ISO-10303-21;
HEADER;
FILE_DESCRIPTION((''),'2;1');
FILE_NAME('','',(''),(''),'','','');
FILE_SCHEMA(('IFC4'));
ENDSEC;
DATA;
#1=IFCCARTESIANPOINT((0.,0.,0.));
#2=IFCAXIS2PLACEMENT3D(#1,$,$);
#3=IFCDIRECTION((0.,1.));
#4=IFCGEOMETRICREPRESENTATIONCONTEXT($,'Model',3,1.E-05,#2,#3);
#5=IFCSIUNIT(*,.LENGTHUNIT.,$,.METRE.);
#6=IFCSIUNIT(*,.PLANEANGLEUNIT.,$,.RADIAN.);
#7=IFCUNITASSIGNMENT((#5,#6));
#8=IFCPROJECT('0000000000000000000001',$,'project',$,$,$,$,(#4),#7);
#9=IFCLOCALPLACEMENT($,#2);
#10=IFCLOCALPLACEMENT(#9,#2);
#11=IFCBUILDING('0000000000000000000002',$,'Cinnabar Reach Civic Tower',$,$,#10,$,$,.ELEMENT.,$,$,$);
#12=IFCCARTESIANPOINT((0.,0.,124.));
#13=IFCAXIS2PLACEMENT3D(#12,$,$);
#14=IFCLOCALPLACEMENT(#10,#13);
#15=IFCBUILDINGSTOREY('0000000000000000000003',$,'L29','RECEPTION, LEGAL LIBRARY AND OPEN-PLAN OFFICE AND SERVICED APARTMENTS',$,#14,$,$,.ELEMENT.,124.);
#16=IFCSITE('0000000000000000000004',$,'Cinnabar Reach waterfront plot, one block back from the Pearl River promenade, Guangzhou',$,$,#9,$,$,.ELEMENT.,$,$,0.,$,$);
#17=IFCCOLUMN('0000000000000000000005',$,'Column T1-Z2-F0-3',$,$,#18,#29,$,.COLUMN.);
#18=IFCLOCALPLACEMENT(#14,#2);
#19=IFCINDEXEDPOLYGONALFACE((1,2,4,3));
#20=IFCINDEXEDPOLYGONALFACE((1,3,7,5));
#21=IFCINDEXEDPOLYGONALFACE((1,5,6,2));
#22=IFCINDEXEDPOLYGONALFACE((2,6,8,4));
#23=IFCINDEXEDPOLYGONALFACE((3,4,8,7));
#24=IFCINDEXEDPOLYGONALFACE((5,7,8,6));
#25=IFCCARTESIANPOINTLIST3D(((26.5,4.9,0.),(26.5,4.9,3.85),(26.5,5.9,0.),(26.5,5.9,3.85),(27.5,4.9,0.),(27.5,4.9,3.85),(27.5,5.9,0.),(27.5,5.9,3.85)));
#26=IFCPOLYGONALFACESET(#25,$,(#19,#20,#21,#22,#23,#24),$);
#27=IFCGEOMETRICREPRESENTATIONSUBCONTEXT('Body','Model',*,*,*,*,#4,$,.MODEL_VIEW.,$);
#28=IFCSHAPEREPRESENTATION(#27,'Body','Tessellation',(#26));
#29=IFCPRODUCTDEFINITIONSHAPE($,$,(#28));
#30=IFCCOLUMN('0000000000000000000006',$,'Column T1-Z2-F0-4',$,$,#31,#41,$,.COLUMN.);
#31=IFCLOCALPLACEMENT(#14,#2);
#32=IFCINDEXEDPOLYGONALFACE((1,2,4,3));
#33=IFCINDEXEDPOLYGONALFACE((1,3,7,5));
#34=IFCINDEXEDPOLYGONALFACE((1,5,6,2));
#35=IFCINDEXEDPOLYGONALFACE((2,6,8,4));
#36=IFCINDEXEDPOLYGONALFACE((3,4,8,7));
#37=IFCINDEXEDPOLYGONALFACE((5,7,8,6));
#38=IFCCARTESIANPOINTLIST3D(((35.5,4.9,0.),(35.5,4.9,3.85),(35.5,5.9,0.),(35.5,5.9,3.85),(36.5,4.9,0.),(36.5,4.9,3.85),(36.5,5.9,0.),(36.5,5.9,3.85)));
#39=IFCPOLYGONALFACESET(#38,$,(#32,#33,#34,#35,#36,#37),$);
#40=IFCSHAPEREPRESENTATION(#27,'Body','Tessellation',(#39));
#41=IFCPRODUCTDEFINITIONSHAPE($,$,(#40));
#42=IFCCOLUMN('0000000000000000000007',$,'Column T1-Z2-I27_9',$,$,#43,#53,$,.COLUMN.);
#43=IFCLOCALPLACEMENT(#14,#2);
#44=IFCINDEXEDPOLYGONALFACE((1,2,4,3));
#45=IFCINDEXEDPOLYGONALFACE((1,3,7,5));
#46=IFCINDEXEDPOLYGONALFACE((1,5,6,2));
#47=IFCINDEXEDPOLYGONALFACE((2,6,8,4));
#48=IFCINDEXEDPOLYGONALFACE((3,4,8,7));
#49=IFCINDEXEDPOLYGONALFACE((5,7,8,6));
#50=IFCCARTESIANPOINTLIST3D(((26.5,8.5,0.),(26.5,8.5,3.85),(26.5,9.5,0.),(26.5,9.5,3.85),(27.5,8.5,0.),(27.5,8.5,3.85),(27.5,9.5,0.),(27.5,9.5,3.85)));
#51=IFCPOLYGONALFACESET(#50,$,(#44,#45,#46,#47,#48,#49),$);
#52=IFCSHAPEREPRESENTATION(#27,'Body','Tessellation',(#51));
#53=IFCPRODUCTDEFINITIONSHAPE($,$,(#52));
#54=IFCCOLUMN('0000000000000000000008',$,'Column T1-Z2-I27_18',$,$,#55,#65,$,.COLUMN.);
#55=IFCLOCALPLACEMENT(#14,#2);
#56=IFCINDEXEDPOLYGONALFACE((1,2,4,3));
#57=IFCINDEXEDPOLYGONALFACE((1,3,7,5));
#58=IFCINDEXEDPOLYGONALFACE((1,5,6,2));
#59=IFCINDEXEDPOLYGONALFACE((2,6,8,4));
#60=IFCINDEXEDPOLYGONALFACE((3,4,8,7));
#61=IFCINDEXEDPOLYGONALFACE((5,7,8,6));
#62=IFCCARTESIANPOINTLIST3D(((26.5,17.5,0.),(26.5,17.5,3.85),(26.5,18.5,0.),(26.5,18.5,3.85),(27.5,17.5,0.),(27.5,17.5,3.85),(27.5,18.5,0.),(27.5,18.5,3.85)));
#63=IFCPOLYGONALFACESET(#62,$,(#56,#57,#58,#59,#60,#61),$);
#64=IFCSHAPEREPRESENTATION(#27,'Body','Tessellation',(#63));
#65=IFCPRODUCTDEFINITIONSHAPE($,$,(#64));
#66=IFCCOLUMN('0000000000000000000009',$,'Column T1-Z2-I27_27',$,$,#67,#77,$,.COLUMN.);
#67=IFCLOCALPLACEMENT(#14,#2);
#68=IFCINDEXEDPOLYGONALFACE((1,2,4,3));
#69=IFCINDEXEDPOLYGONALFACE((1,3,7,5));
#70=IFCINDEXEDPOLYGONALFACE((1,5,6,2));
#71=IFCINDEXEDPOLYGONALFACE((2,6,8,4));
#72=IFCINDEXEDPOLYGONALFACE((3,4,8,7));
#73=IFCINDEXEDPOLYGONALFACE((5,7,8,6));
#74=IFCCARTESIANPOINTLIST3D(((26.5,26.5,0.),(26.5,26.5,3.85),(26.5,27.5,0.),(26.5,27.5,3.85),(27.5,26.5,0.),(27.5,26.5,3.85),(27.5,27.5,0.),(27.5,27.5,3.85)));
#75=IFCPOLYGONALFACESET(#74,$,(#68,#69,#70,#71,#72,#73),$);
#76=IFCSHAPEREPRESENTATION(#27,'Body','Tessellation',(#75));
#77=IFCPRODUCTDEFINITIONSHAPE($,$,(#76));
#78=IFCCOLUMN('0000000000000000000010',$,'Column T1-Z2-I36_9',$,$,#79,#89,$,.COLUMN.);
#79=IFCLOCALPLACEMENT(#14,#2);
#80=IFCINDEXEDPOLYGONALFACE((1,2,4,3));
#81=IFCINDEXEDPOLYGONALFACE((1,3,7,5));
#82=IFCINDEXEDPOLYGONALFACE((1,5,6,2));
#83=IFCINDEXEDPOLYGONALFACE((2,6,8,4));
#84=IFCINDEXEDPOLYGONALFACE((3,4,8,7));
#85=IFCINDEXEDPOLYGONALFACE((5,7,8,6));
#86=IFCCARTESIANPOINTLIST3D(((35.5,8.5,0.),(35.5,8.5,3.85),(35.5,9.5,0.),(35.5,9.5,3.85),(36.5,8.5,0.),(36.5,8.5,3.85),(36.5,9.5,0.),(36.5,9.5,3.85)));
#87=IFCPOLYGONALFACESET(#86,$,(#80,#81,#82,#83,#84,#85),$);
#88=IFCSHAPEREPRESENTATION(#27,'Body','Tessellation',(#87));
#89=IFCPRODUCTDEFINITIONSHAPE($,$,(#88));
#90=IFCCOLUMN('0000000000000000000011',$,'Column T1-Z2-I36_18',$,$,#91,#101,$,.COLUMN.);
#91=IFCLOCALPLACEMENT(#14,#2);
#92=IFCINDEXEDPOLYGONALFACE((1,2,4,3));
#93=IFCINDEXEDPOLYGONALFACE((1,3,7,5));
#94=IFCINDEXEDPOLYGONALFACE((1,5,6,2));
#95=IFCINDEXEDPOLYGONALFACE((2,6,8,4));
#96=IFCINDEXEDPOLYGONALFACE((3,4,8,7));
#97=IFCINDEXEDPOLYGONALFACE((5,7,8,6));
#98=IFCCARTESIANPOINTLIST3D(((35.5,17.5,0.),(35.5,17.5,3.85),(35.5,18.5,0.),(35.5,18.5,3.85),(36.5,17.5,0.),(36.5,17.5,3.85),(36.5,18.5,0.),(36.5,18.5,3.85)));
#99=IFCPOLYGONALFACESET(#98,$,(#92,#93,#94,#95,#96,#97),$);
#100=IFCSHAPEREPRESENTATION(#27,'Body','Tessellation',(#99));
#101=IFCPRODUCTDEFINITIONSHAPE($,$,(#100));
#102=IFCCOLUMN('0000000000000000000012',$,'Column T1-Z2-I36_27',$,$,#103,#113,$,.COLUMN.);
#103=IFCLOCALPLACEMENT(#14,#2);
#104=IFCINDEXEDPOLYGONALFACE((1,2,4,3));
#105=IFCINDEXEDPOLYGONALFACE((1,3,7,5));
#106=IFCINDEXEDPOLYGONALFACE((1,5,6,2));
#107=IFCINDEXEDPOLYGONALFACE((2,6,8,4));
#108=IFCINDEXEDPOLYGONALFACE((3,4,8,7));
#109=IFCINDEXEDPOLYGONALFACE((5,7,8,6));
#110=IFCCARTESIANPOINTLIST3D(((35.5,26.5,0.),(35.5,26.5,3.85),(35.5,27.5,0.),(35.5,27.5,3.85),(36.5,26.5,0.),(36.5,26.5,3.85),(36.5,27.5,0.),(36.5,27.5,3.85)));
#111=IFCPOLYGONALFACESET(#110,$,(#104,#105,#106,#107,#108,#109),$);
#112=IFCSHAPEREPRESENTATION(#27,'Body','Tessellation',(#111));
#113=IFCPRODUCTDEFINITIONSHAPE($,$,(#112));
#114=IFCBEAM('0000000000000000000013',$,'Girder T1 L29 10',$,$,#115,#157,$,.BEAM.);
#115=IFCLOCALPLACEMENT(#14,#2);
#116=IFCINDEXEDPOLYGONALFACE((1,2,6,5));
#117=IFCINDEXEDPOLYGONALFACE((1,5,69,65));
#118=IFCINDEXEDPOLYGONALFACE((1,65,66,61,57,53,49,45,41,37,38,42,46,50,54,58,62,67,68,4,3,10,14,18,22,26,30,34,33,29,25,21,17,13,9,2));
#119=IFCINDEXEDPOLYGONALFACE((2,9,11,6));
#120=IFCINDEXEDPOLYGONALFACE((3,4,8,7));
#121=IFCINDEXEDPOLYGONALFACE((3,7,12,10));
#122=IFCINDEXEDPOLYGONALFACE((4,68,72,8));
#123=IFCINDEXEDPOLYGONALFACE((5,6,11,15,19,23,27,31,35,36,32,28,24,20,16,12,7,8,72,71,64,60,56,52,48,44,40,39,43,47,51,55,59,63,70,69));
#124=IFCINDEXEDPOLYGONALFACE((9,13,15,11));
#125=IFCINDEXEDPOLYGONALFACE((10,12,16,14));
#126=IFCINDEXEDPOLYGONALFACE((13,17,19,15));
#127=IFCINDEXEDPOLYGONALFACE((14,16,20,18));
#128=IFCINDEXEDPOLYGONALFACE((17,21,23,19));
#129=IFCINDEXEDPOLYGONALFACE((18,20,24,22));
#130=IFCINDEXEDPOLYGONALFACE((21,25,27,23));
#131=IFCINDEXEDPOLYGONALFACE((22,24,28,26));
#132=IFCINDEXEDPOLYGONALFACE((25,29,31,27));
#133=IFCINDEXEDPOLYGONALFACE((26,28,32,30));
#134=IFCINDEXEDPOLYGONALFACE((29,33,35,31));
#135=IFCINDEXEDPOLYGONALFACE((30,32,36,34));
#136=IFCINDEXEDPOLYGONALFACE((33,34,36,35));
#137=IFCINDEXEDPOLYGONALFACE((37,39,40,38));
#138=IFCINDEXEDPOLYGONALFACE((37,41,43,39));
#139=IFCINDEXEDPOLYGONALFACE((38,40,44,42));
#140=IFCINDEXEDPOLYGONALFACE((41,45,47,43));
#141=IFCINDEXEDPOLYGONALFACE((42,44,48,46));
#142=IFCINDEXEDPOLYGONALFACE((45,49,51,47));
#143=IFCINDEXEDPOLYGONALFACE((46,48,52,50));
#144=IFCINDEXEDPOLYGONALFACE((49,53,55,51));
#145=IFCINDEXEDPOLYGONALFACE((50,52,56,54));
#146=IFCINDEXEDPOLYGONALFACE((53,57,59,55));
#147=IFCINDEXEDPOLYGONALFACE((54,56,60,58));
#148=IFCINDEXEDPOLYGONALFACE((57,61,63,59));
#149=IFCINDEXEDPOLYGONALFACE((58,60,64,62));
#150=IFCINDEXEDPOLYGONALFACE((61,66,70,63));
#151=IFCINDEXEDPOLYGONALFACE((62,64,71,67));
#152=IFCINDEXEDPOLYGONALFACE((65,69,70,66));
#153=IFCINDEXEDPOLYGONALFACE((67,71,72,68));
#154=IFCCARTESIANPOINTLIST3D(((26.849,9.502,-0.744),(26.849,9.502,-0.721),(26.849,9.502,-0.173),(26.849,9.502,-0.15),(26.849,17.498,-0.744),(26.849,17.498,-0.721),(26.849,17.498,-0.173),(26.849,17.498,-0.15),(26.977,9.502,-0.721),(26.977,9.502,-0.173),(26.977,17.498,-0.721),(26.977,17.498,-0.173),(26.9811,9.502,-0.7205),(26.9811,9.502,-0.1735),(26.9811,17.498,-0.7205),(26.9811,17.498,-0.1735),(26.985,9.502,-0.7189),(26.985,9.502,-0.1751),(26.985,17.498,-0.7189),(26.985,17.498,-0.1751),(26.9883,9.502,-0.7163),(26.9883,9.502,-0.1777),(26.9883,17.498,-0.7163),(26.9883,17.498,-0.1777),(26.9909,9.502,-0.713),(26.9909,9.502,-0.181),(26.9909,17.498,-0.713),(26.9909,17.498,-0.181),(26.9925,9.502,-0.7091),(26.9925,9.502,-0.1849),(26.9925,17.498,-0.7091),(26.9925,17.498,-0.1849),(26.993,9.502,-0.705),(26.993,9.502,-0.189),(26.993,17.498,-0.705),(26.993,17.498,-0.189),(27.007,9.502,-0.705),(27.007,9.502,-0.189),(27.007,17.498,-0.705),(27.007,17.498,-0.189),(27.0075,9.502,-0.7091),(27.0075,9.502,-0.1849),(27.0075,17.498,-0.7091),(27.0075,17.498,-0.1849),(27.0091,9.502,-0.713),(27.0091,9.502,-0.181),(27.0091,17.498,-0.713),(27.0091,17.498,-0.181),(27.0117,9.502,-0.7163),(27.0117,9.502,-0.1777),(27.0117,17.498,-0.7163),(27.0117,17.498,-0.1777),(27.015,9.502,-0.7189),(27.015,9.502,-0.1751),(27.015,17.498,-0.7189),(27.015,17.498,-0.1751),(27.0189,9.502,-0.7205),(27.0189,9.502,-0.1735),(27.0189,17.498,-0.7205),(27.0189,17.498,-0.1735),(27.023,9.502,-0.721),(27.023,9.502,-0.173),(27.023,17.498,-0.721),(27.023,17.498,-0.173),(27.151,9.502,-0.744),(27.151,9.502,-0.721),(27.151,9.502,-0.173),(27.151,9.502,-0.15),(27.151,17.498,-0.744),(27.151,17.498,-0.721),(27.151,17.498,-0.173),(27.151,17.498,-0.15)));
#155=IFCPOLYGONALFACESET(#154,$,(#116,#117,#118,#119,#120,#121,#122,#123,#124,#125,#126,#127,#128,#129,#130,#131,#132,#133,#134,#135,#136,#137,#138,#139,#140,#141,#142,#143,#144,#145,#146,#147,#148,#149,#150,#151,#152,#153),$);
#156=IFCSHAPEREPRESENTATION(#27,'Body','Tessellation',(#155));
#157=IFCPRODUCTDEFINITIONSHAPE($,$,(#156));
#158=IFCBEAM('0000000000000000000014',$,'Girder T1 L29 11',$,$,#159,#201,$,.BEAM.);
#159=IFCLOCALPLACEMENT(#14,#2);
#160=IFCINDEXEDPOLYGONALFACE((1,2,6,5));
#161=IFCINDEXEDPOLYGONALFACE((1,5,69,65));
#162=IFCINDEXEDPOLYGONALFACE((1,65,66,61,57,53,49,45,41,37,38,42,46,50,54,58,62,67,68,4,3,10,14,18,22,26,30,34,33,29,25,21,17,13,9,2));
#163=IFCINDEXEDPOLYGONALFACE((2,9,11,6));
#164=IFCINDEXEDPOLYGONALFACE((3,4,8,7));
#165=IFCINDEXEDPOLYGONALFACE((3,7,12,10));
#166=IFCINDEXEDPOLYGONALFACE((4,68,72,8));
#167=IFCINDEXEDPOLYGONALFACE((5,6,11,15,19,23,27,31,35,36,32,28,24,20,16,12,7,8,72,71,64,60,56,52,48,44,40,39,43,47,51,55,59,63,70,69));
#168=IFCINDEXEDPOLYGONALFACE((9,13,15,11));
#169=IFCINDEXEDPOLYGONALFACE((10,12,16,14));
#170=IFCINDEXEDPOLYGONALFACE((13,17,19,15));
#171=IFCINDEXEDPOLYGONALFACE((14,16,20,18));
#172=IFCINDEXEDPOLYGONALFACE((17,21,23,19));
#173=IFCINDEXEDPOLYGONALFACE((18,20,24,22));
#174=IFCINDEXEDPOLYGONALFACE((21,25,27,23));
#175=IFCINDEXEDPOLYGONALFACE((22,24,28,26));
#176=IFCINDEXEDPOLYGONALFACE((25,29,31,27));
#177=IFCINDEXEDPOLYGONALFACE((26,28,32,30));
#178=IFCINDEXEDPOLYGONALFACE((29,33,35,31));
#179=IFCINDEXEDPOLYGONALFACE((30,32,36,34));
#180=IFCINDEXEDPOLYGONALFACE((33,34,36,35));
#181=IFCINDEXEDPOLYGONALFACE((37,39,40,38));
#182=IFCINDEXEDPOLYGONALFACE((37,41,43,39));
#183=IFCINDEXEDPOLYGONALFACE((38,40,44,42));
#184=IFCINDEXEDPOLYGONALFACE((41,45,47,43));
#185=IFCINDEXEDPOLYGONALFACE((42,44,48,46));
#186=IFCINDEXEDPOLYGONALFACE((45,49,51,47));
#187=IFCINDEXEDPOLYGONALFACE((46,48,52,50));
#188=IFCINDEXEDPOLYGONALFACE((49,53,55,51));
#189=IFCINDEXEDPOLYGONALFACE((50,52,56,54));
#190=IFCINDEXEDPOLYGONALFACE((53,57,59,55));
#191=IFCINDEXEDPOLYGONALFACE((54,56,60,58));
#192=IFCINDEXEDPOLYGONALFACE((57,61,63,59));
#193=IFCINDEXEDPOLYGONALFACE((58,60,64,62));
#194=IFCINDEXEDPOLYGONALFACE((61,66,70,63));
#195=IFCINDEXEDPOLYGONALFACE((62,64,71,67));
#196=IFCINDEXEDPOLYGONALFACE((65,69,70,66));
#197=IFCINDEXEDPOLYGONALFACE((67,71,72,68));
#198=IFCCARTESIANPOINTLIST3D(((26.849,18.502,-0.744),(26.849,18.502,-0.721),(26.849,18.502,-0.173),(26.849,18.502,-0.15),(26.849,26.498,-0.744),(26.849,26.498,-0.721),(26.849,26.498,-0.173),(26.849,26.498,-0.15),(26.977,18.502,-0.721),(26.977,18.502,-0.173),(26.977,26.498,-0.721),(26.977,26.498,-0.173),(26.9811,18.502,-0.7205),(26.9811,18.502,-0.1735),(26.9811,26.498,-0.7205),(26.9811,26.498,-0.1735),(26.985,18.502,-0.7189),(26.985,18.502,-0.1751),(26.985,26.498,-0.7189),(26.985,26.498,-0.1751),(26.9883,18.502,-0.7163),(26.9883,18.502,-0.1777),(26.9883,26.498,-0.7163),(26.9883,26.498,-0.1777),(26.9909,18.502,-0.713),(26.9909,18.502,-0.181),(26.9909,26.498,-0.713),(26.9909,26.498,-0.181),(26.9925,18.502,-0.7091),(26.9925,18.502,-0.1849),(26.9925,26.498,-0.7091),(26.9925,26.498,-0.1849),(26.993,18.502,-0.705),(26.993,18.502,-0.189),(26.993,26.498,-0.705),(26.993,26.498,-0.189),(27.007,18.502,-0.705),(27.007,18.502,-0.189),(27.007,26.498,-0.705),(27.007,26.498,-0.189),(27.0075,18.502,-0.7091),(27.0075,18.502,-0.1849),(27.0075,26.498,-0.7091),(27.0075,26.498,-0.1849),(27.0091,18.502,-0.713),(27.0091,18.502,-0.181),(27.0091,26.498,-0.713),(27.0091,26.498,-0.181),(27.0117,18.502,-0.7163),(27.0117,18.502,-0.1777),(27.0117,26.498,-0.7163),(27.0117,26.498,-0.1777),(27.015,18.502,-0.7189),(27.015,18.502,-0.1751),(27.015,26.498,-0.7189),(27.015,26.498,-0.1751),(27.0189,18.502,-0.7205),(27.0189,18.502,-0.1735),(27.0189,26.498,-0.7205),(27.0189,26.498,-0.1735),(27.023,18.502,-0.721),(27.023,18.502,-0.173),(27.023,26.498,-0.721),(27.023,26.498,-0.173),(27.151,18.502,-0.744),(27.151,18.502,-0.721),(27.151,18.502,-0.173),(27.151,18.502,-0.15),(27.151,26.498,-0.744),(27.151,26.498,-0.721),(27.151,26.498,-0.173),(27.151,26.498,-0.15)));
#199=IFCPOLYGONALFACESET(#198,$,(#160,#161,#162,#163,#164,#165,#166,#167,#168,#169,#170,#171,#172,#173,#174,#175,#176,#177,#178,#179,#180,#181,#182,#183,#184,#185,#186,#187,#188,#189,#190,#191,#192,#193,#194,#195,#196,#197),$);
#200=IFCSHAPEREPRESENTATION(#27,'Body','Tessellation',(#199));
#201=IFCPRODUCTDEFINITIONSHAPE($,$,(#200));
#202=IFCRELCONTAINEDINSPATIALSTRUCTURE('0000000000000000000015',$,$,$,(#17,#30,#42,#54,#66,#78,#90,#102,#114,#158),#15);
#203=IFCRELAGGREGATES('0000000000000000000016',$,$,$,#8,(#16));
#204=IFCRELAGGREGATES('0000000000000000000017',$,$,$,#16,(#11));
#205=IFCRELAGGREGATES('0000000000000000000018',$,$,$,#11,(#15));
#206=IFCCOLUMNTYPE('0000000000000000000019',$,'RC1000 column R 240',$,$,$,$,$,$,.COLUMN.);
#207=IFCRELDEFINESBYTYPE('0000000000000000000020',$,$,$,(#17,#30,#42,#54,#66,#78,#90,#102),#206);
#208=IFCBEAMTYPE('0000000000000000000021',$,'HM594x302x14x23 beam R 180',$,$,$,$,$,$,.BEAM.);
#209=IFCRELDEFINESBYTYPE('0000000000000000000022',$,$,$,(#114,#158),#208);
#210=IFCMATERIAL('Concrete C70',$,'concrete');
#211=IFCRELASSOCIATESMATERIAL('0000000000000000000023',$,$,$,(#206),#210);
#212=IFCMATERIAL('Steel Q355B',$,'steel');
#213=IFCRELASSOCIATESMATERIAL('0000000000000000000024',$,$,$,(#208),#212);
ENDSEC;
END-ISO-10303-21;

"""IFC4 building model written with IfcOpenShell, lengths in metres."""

from ifc_helpers import new_model, si_unit, direction, frame, origin, origin_2d, place, context, subcontext, project, spatial, rectangle, i_section, extrude, material, material_profile, profile_set, type_object, element, save


model = new_model("IFC4")

# Units and contexts
model_context = context("Model", 3, precision=1e-05, world=origin(), true_north=direction((0.0, 1.0)))
body_context = subcontext(model_context, "Body", "Model", "MODEL_VIEW")
ifc_project = project(units=[si_unit("LENGTHUNIT", "METRE"), si_unit("PLANEANGLEUNIT", "RADIAN")], contexts=[model_context])

# Site, building, storey
site_placement = place(None, origin())
site = spatial("IfcSite", under=ifc_project, at=site_placement, Name="Cinnabar Reach waterfront plot, one block back from the Pearl River promenade, Guangzhou", CompositionType="ELEMENT", RefElevation=0.0)
building_placement = place(site_placement, origin())
building = spatial("IfcBuilding", under=site, at=building_placement, Name="Cinnabar Reach Civic Tower", CompositionType="ELEMENT")
storey_placement = place(building_placement, frame((0.0, 0.0, 124.0)))
storey = spatial("IfcBuildingStorey", under=building, at=storey_placement, Name="L29", Description="RECEPTION, LEGAL LIBRARY AND OPEN-PLAN OFFICE AND SERVICED APARTMENTS", CompositionType="ELEMENT", Elevation=124.0)

# Columns
ifc_material_1 = material(Name="Concrete C70", Category="concrete")
ifc_material_profile_1 = material_profile(ifc_material_1, rectangle(XDim=1.0, YDim=1.0, at=origin_2d()), Name="RC1000")
ifc_profile_set_1 = profile_set([ifc_material_profile_1], Name="Concrete C70")
column_type = type_object("IfcColumnType", Name="RC1000 column R 240", PredefinedType="COLUMN", material=ifc_profile_set_1)
for number, where, z_axis, x_axis, name in (
    (1, (27.0, 5.4, 0.0), (0.0, 0.0, 1.0), (1.0, 0.0, 0.0), "Column T1-Z2-F0-3"),
    (2, (36.0, 5.4, 0.0), (0.0, 0.0, 1.0), (1.0, 0.0, 0.0), "Column T1-Z2-F0-4"),
    (3, (27.0, 9.0, 0.0), (0.0, 0.0, 1.0), (1.0, 0.0, 0.0), "Column T1-Z2-I27_9"),
    (4, (27.0, 18.0, 0.0), (0.0, 0.0, 1.0), (1.0, 0.0, 0.0), "Column T1-Z2-I27_18"),
    (5, (27.0, 27.0, 0.0), (0.0, 0.0, 1.0), (1.0, 0.0, 0.0), "Column T1-Z2-I27_27"),
    (6, (36.0, 9.0, 0.0), (0.0, 0.0, 1.0), (1.0, 0.0, 0.0), "Column T1-Z2-I36_9"),
    (7, (36.0, 18.0, 0.0), (0.0, 0.0, 1.0), (1.0, 0.0, 0.0), "Column T1-Z2-I36_18"),
    (8, (36.0, 27.0, 0.0), (0.0, 0.0, 1.0), (1.0, 0.0, 0.0), "Column T1-Z2-I36_27"),
):
    element("IfcColumn", number, at=place(storey_placement, frame(where, z_axis=z_axis, x_axis=x_axis)), inside=storey, type_object=column_type, Name=name, PredefinedType="COLUMN", context=body_context, shape_type="SweptSolid", body=[
        extrude(rectangle(XDim=1.0, YDim=1.0, at=origin_2d()), origin(), (0.0, 0.0, 1.0), 3.85),
    ])

# Beams
ifc_material_2 = material(Name="Steel Q355B", Category="steel")
ifc_material_profile_2 = material_profile(ifc_material_2, i_section(OverallWidth=0.302, OverallDepth=0.594, WebThickness=0.014, FlangeThickness=0.023, FilletRadius=0.016, at=origin_2d()), Name="HM594x302x14x23")
ifc_profile_set_2 = profile_set([ifc_material_profile_2], Name="Steel Q355B")
beam_type_1 = type_object("IfcBeamType", Name="HM594x302x14x23 beam R 180", PredefinedType="BEAM", material=ifc_profile_set_2)
for number, where, z_axis, x_axis, name in (
    (9, (27.0, 9.502, -0.447), (0.0, 1.0, 0.0), (-1.0, 0.0, 0.0), "Girder T1 L29 10"),
    (10, (27.0, 18.502, -0.447), (0.0, 1.0, 0.0), (-1.0, 0.0, 0.0), "Girder T1 L29 11"),
):
    element("IfcBeam", number, at=place(storey_placement, frame(where, z_axis=z_axis, x_axis=x_axis)), inside=storey, type_object=beam_type_1, Name=name, PredefinedType="BEAM", context=body_context, shape_type="SweptSolid", body=[
        extrude(i_section(OverallWidth=0.302, OverallDepth=0.594, WebThickness=0.014, FlangeThickness=0.023, FilletRadius=0.016, at=origin_2d()), origin(), (0.0, 0.0, 1.0), 7.996),
    ])

save(model, "model.ifc")
